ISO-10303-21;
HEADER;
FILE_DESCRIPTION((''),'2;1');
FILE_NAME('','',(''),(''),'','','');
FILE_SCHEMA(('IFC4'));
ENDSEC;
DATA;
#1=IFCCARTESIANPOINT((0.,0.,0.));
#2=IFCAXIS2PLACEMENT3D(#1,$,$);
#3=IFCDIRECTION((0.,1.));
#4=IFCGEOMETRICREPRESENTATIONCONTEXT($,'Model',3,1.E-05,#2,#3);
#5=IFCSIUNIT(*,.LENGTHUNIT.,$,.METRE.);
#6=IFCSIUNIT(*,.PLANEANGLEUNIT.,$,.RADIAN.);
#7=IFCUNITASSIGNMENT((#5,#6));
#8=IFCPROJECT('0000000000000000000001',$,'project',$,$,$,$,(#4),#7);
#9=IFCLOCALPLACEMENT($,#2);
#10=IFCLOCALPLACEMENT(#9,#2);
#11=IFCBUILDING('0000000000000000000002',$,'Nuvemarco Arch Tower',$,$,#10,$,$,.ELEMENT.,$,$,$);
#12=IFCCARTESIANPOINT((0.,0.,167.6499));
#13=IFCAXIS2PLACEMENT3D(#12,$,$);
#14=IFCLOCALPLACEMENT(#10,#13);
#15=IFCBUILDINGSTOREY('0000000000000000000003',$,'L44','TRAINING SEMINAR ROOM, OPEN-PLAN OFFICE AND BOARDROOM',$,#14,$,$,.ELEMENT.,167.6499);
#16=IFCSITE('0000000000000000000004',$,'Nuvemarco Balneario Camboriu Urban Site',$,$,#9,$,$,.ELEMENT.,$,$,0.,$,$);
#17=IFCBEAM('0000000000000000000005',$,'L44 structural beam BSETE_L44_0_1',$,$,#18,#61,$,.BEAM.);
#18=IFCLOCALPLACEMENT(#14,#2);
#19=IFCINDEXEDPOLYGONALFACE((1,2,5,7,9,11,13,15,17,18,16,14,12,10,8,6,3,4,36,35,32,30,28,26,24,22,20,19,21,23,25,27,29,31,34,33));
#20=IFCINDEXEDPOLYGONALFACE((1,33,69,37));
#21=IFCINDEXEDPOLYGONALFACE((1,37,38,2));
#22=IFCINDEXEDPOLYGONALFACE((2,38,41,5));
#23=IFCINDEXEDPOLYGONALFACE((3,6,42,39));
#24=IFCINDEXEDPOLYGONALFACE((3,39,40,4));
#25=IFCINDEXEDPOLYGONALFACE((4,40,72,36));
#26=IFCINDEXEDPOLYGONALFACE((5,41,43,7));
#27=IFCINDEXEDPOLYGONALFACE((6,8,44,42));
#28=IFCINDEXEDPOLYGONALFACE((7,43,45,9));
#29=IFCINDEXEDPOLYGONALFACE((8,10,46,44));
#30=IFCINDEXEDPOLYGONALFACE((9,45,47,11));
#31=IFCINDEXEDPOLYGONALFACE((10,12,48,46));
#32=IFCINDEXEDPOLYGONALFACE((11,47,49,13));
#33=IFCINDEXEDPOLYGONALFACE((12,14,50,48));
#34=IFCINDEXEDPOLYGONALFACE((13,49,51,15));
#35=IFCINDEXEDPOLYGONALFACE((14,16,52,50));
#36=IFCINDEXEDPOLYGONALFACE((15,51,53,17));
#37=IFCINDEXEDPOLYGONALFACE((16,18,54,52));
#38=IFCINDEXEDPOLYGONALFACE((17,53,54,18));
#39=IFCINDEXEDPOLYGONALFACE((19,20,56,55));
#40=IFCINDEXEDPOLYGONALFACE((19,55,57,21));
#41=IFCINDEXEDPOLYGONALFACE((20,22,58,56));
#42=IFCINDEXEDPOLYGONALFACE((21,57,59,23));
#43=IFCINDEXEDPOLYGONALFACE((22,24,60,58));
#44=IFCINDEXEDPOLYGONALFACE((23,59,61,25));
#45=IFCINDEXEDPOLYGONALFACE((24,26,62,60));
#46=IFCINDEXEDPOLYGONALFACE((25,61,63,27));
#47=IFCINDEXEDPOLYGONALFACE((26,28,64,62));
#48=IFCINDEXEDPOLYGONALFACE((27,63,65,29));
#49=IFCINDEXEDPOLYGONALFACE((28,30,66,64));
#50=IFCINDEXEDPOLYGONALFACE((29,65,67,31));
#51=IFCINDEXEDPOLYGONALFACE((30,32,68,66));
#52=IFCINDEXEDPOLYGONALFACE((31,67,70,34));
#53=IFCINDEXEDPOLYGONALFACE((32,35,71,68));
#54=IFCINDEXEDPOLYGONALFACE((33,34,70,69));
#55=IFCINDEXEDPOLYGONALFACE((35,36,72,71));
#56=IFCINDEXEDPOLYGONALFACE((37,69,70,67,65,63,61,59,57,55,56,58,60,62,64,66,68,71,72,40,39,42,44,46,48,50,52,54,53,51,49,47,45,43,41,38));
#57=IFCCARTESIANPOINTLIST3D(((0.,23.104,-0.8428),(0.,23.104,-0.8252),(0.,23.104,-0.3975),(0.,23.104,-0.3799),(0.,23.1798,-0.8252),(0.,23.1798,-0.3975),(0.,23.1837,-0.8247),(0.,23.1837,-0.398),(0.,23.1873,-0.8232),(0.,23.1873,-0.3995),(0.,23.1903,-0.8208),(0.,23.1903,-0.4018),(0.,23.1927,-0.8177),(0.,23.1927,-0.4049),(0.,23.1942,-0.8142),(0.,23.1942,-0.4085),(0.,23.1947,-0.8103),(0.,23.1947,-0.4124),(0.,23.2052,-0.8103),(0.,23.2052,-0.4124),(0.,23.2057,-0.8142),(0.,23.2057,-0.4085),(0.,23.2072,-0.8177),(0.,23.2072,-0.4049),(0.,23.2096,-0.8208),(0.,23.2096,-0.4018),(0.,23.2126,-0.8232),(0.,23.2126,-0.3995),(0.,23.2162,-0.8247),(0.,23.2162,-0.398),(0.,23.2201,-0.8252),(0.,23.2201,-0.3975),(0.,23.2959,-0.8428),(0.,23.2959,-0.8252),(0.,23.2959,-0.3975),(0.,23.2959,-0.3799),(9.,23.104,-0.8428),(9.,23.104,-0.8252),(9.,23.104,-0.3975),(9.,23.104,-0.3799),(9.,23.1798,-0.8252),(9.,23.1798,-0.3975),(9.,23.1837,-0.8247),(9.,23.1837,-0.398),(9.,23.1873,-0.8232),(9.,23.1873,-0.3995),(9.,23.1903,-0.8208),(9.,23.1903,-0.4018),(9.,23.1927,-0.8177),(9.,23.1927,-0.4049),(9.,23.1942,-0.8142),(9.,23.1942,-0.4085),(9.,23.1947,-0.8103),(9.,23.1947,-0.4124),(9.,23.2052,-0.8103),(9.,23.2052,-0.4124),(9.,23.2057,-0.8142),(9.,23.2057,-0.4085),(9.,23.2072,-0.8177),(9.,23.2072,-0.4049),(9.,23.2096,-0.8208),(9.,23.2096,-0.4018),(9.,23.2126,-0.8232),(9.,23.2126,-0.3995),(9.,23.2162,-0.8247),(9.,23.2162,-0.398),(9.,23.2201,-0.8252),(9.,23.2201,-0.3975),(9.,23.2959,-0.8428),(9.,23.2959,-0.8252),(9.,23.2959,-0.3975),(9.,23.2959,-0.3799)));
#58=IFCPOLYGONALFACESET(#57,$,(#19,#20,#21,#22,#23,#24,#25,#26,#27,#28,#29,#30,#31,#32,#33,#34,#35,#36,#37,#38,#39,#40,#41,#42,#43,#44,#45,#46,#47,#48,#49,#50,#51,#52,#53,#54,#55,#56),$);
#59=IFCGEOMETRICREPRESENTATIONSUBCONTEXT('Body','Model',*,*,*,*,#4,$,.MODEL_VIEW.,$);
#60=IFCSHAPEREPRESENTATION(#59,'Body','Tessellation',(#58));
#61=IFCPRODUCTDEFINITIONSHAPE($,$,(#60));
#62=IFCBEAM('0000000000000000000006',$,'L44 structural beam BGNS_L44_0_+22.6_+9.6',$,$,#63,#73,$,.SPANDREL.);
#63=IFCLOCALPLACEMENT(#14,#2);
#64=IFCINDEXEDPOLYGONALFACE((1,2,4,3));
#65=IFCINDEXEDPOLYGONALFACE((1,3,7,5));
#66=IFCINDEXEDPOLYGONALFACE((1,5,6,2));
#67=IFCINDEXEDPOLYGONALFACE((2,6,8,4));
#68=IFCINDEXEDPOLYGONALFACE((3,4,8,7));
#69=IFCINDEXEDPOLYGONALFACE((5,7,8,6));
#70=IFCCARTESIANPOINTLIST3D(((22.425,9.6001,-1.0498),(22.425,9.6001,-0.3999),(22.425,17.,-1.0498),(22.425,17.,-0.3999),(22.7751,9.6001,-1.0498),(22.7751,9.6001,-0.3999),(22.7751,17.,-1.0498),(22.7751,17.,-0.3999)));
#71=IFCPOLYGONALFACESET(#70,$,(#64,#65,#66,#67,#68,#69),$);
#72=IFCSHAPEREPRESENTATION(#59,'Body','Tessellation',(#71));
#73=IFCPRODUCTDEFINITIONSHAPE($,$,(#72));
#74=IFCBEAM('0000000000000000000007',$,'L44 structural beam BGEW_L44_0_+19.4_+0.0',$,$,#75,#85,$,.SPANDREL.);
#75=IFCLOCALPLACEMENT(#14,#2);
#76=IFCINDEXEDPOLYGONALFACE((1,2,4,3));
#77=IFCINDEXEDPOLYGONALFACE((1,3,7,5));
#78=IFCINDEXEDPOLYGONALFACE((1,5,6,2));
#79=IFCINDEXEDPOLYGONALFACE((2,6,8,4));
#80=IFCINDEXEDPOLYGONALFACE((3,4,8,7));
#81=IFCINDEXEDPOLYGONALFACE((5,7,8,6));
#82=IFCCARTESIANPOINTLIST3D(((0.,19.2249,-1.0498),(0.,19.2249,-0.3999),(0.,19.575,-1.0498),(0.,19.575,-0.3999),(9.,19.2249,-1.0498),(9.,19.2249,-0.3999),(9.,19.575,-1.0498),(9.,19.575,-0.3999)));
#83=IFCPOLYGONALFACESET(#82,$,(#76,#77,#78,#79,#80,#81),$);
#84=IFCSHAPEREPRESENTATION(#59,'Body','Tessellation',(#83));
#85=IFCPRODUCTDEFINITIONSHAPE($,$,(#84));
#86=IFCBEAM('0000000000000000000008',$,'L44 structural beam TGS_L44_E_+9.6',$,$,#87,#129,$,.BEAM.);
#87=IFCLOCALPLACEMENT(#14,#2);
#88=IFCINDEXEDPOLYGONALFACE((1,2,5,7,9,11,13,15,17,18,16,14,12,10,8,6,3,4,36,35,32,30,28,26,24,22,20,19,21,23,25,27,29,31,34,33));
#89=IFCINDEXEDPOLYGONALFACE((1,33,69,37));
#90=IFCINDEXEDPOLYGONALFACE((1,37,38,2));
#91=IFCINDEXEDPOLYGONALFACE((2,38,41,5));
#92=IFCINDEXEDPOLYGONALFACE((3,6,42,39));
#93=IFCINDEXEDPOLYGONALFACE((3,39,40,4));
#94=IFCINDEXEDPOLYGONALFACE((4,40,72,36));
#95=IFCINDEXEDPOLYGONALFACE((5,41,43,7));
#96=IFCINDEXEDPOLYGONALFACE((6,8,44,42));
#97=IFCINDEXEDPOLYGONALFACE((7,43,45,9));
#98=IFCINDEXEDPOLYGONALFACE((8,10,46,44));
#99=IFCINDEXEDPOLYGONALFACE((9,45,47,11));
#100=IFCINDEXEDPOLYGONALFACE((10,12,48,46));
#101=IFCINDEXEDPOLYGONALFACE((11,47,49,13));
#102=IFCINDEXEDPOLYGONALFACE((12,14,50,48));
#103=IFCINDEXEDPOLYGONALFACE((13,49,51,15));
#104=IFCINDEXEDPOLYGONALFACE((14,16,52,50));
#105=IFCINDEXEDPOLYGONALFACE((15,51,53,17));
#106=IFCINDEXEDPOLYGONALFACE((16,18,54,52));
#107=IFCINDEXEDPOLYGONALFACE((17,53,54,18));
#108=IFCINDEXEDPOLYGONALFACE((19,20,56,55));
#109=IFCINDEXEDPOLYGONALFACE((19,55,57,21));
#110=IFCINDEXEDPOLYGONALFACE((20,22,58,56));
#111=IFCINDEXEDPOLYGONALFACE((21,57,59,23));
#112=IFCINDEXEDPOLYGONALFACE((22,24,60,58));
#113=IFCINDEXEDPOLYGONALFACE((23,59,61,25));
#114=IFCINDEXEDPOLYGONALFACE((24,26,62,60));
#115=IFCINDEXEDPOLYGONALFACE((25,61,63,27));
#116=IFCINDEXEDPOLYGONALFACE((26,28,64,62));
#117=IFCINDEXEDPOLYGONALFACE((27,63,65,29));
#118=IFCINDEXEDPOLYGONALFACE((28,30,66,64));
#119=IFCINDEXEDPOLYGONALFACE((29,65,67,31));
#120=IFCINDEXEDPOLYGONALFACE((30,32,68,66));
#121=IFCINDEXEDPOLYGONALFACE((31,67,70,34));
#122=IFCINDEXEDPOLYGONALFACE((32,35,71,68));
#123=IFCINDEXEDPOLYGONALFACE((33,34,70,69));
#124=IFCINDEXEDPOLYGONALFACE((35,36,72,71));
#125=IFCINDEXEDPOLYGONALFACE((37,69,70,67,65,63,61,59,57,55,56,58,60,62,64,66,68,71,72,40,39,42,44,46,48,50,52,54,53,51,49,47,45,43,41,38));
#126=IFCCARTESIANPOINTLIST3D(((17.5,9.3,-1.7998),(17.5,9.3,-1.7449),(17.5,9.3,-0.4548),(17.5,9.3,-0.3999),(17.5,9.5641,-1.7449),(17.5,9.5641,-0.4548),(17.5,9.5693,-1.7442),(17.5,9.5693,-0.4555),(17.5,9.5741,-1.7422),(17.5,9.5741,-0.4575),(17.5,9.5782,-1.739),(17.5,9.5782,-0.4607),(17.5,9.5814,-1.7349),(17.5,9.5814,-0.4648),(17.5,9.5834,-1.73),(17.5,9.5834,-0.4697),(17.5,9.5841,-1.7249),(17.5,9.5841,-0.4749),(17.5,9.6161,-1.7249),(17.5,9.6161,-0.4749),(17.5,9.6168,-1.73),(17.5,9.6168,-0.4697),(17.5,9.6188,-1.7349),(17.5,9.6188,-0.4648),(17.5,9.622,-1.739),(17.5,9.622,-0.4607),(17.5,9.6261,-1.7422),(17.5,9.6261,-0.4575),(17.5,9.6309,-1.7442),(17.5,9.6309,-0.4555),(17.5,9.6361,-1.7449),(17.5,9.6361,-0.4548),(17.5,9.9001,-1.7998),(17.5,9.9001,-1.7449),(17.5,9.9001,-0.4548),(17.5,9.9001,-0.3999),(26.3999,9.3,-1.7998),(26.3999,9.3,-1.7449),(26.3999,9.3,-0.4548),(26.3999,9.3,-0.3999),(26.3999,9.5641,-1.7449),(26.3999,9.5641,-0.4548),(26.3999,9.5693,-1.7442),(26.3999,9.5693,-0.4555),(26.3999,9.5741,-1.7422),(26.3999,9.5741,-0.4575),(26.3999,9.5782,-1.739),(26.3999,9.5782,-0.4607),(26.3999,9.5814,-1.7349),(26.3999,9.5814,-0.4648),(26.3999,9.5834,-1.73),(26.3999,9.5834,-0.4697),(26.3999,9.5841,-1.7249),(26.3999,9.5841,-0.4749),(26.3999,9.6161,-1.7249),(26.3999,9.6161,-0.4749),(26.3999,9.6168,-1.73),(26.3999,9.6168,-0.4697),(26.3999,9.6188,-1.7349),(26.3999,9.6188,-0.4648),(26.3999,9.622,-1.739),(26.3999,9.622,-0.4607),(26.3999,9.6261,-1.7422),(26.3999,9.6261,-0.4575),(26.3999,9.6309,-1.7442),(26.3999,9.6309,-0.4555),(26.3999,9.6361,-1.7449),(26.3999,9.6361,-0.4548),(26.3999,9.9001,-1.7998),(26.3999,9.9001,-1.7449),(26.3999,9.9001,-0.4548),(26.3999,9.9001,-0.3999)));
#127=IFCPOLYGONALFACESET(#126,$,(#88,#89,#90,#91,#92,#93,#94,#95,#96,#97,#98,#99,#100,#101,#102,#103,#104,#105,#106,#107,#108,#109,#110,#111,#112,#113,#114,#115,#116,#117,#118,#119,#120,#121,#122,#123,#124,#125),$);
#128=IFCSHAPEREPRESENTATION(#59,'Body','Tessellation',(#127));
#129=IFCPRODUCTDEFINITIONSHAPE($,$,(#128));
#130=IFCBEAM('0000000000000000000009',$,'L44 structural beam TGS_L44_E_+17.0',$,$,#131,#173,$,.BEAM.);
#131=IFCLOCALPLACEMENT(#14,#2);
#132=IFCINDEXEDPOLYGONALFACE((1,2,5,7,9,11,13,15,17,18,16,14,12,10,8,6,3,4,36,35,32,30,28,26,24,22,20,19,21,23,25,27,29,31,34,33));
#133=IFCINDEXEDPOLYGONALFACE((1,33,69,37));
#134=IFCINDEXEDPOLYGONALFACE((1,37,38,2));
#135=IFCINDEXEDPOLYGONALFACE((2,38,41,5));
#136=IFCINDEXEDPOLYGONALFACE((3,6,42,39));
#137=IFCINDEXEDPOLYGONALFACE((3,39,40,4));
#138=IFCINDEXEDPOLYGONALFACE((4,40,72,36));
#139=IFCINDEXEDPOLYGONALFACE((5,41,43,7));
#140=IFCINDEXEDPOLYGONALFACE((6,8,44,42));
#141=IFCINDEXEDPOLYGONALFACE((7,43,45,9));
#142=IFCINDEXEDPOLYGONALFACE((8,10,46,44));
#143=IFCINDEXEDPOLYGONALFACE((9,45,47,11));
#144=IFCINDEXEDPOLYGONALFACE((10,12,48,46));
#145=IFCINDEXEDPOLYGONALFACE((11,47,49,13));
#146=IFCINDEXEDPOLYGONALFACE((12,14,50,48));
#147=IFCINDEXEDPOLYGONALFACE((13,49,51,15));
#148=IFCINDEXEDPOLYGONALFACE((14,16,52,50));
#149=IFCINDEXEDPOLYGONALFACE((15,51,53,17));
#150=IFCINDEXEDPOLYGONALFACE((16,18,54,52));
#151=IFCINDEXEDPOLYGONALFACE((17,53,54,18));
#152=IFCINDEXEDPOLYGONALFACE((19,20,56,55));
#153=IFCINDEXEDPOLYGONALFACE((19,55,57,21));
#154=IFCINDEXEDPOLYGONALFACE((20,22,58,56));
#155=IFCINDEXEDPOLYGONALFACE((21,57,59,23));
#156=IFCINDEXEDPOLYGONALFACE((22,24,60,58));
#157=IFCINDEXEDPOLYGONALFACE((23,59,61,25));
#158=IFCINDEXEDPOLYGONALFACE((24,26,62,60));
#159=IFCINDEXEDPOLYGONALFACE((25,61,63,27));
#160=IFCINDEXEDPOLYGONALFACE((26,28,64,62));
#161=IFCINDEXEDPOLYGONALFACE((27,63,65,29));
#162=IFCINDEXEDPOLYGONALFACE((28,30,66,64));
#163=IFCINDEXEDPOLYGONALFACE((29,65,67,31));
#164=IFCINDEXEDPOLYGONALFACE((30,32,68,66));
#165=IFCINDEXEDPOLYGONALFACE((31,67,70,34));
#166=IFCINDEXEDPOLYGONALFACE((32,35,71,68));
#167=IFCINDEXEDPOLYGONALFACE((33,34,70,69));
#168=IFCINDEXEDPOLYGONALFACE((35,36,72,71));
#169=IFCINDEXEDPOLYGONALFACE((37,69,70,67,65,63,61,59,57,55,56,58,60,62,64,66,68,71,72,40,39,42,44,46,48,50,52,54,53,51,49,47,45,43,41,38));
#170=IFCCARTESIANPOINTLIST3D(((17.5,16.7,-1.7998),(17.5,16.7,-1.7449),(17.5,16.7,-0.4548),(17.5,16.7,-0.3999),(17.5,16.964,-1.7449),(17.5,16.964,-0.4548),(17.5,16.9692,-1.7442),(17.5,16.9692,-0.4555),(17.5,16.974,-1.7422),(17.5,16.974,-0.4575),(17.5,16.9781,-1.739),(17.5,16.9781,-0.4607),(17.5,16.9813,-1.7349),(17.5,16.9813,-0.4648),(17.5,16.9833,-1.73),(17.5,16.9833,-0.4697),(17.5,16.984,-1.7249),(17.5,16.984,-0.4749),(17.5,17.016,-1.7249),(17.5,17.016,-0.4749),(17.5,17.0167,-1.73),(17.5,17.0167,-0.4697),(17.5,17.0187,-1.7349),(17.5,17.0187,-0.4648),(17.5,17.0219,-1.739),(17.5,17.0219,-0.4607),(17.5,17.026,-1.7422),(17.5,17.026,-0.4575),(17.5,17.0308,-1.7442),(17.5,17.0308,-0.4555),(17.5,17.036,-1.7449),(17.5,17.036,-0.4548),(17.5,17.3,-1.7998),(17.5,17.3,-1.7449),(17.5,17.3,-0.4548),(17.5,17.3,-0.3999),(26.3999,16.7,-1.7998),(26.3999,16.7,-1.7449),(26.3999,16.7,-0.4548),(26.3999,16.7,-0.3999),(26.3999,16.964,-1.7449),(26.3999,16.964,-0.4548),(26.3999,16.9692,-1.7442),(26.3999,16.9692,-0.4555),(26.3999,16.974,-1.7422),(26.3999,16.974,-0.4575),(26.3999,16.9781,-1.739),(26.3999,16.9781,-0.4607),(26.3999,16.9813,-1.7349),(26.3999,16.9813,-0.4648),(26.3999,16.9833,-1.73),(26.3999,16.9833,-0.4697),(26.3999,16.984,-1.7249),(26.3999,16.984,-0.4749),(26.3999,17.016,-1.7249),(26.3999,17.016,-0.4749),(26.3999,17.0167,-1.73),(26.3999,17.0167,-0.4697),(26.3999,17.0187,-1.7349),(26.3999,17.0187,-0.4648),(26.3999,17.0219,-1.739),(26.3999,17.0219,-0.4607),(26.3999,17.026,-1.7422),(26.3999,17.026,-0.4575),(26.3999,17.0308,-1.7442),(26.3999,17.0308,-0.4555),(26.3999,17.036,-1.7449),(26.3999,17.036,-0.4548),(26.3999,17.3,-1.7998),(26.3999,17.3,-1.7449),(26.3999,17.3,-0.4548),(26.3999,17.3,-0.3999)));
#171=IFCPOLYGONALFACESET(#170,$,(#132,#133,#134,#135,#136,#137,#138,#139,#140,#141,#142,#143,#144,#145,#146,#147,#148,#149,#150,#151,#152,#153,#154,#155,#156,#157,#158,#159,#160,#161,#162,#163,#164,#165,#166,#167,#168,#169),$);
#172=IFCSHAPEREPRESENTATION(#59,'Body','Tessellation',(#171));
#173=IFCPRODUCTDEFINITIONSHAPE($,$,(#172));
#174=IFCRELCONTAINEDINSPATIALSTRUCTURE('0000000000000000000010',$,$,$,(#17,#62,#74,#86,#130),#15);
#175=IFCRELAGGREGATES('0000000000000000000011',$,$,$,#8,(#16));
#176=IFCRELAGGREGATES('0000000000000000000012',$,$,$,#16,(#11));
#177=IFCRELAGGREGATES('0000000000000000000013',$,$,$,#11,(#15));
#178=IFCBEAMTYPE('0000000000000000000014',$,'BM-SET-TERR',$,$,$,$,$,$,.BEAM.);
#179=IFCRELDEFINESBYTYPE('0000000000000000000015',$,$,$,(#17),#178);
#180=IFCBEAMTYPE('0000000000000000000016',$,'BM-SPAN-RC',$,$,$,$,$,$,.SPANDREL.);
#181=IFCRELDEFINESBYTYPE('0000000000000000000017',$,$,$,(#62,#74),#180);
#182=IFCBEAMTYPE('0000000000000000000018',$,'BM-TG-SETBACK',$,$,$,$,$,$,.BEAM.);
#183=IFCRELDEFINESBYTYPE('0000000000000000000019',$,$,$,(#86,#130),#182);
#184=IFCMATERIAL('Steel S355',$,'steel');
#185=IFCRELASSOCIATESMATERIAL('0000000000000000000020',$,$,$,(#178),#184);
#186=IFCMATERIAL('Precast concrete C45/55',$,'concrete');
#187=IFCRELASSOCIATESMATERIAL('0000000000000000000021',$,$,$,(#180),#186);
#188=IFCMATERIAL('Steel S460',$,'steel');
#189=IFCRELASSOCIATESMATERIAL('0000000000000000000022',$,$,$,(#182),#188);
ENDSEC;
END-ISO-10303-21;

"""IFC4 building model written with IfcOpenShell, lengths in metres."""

from ifc_helpers import new_model, si_unit, direction, frame, origin, origin_2d, place, context, subcontext, project, spatial, rectangle, i_section, extrude, material, material_profile, profile_set, type_object, element, save


model = new_model("IFC4")

# Units and contexts
model_context = context("Model", 3, precision=1e-05, world=origin(), true_north=direction((0.0, 1.0)))
body_context = subcontext(model_context, "Body", "Model", "MODEL_VIEW")
ifc_project = project(units=[si_unit("LENGTHUNIT", "METRE"), si_unit("PLANEANGLEUNIT", "RADIAN")], contexts=[model_context])

# Site, building, storey
site_placement = place(None, origin())
site = spatial("IfcSite", under=ifc_project, at=site_placement, Name="Nuvemarco Balneario Camboriu Urban Site", CompositionType="ELEMENT", RefElevation=0.0)
building_placement = place(site_placement, origin())
building = spatial("IfcBuilding", under=site, at=building_placement, Name="Nuvemarco Arch Tower", CompositionType="ELEMENT")
storey_placement = place(building_placement, frame((0.0, 0.0, 167.6499)))
storey = spatial("IfcBuildingStorey", under=building, at=storey_placement, Name="L44", Description="TRAINING SEMINAR ROOM, OPEN-PLAN OFFICE AND BOARDROOM", CompositionType="ELEMENT", Elevation=167.6499)

# Shared definitions
ifc_material_1 = material(Name="Steel S355", Category="steel")

# Beams
ifc_material_profile_1 = material_profile(ifc_material_1, i_section(OverallWidth=0.1919, OverallDepth=0.4629, WebThickness=0.0105, FlangeThickness=0.0176, FilletRadius=0.0149, at=origin_2d()), Name="W460x89")
ifc_profile_set_1 = profile_set([ifc_material_profile_1], Name="Steel S355")
beam_type_1 = type_object("IfcBeamType", Name="BM-SET-TERR", PredefinedType="BEAM", material=ifc_profile_set_1)
beam_1_placement = place(storey_placement, frame((0.0, 23.2, -0.6113), z_axis=(1.0, 0.0, 0.0), x_axis=(0.0, 1.0, 0.0)))
element("IfcBeam", 1, at=beam_1_placement, inside=storey, type_object=beam_type_1, Name="L44 structural beam BSETE_L44_0_1", PredefinedType="BEAM", context=body_context, shape_type="SweptSolid", body=[
    extrude(i_section(OverallWidth=0.1919, OverallDepth=0.4629, WebThickness=0.0105, FlangeThickness=0.0176, FilletRadius=0.0149, at=origin_2d()), origin(), (0.0, 0.0, 1.0), 9.0),
])
ifc_material_2 = material(Name="Precast concrete C45/55", Category="concrete")
ifc_material_profile_2 = material_profile(ifc_material_2, rectangle(XDim=0.3501, YDim=0.6499, at=origin_2d()), Name="PC-SP-350x650")
ifc_profile_set_2 = profile_set([ifc_material_profile_2], Name="Precast concrete C45/55")
beam_type_2 = type_object("IfcBeamType", Name="BM-SPAN-RC", PredefinedType="SPANDREL", material=ifc_profile_set_2)
beam_2_placement = place(storey_placement, frame((22.6001, 9.6001, -0.7249), z_axis=(0.0, 1.0, 0.0), x_axis=(-1.0, 0.0, 0.0)))
element("IfcBeam", 2, at=beam_2_placement, inside=storey, type_object=beam_type_2, Name="L44 structural beam BGNS_L44_0_+22.6_+9.6", PredefinedType="SPANDREL", context=body_context, shape_type="SweptSolid", body=[
    extrude(rectangle(XDim=0.3501, YDim=0.6499, at=origin_2d()), origin(), (0.0, 0.0, 1.0), 7.3999),
])
beam_3_placement = place(storey_placement, frame((0.0, 19.3999, -0.7249), z_axis=(1.0, 0.0, 0.0), x_axis=(0.0, 1.0, 0.0)))
element("IfcBeam", 3, at=beam_3_placement, inside=storey, type_object=beam_type_2, Name="L44 structural beam BGEW_L44_0_+19.4_+0.0", PredefinedType="SPANDREL", context=body_context, shape_type="SweptSolid", body=[
    extrude(rectangle(XDim=0.3501, YDim=0.6499, at=origin_2d()), origin(), (0.0, 0.0, 1.0), 9.0),
])
ifc_material_3 = material(Name="Steel S460", Category="steel")
ifc_material_profile_3 = material_profile(ifc_material_3, i_section(OverallWidth=0.6001, OverallDepth=1.3999, WebThickness=0.032, FlangeThickness=0.0549, FilletRadius=0.02, at=origin_2d()), Name="PG1400x600")
ifc_profile_set_3 = profile_set([ifc_material_profile_3], Name="Steel S460")
beam_type_3 = type_object("IfcBeamType", Name="BM-TG-SETBACK", PredefinedType="BEAM", material=ifc_profile_set_3)
for number, where, z_axis, x_axis, name in (
    (4, (17.5, 9.6001, -1.0999), (1.0, 0.0, 0.0), (0.0, 1.0, 0.0), "L44 structural beam TGS_L44_E_+9.6"),
    (5, (17.5, 17.0, -1.0999), (1.0, 0.0, 0.0), (0.0, 1.0, 0.0), "L44 structural beam TGS_L44_E_+17.0"),
):
    element("IfcBeam", number, at=place(storey_placement, frame(where, z_axis=z_axis, x_axis=x_axis)), inside=storey, type_object=beam_type_3, Name=name, PredefinedType="BEAM", context=body_context, shape_type="SweptSolid", body=[
        extrude(i_section(OverallWidth=0.6001, OverallDepth=1.3999, WebThickness=0.032, FlangeThickness=0.0549, FilletRadius=0.02, at=origin_2d()), origin(), (0.0, 0.0, 1.0), 8.8999),
    ])

save(model, "model.ifc")
